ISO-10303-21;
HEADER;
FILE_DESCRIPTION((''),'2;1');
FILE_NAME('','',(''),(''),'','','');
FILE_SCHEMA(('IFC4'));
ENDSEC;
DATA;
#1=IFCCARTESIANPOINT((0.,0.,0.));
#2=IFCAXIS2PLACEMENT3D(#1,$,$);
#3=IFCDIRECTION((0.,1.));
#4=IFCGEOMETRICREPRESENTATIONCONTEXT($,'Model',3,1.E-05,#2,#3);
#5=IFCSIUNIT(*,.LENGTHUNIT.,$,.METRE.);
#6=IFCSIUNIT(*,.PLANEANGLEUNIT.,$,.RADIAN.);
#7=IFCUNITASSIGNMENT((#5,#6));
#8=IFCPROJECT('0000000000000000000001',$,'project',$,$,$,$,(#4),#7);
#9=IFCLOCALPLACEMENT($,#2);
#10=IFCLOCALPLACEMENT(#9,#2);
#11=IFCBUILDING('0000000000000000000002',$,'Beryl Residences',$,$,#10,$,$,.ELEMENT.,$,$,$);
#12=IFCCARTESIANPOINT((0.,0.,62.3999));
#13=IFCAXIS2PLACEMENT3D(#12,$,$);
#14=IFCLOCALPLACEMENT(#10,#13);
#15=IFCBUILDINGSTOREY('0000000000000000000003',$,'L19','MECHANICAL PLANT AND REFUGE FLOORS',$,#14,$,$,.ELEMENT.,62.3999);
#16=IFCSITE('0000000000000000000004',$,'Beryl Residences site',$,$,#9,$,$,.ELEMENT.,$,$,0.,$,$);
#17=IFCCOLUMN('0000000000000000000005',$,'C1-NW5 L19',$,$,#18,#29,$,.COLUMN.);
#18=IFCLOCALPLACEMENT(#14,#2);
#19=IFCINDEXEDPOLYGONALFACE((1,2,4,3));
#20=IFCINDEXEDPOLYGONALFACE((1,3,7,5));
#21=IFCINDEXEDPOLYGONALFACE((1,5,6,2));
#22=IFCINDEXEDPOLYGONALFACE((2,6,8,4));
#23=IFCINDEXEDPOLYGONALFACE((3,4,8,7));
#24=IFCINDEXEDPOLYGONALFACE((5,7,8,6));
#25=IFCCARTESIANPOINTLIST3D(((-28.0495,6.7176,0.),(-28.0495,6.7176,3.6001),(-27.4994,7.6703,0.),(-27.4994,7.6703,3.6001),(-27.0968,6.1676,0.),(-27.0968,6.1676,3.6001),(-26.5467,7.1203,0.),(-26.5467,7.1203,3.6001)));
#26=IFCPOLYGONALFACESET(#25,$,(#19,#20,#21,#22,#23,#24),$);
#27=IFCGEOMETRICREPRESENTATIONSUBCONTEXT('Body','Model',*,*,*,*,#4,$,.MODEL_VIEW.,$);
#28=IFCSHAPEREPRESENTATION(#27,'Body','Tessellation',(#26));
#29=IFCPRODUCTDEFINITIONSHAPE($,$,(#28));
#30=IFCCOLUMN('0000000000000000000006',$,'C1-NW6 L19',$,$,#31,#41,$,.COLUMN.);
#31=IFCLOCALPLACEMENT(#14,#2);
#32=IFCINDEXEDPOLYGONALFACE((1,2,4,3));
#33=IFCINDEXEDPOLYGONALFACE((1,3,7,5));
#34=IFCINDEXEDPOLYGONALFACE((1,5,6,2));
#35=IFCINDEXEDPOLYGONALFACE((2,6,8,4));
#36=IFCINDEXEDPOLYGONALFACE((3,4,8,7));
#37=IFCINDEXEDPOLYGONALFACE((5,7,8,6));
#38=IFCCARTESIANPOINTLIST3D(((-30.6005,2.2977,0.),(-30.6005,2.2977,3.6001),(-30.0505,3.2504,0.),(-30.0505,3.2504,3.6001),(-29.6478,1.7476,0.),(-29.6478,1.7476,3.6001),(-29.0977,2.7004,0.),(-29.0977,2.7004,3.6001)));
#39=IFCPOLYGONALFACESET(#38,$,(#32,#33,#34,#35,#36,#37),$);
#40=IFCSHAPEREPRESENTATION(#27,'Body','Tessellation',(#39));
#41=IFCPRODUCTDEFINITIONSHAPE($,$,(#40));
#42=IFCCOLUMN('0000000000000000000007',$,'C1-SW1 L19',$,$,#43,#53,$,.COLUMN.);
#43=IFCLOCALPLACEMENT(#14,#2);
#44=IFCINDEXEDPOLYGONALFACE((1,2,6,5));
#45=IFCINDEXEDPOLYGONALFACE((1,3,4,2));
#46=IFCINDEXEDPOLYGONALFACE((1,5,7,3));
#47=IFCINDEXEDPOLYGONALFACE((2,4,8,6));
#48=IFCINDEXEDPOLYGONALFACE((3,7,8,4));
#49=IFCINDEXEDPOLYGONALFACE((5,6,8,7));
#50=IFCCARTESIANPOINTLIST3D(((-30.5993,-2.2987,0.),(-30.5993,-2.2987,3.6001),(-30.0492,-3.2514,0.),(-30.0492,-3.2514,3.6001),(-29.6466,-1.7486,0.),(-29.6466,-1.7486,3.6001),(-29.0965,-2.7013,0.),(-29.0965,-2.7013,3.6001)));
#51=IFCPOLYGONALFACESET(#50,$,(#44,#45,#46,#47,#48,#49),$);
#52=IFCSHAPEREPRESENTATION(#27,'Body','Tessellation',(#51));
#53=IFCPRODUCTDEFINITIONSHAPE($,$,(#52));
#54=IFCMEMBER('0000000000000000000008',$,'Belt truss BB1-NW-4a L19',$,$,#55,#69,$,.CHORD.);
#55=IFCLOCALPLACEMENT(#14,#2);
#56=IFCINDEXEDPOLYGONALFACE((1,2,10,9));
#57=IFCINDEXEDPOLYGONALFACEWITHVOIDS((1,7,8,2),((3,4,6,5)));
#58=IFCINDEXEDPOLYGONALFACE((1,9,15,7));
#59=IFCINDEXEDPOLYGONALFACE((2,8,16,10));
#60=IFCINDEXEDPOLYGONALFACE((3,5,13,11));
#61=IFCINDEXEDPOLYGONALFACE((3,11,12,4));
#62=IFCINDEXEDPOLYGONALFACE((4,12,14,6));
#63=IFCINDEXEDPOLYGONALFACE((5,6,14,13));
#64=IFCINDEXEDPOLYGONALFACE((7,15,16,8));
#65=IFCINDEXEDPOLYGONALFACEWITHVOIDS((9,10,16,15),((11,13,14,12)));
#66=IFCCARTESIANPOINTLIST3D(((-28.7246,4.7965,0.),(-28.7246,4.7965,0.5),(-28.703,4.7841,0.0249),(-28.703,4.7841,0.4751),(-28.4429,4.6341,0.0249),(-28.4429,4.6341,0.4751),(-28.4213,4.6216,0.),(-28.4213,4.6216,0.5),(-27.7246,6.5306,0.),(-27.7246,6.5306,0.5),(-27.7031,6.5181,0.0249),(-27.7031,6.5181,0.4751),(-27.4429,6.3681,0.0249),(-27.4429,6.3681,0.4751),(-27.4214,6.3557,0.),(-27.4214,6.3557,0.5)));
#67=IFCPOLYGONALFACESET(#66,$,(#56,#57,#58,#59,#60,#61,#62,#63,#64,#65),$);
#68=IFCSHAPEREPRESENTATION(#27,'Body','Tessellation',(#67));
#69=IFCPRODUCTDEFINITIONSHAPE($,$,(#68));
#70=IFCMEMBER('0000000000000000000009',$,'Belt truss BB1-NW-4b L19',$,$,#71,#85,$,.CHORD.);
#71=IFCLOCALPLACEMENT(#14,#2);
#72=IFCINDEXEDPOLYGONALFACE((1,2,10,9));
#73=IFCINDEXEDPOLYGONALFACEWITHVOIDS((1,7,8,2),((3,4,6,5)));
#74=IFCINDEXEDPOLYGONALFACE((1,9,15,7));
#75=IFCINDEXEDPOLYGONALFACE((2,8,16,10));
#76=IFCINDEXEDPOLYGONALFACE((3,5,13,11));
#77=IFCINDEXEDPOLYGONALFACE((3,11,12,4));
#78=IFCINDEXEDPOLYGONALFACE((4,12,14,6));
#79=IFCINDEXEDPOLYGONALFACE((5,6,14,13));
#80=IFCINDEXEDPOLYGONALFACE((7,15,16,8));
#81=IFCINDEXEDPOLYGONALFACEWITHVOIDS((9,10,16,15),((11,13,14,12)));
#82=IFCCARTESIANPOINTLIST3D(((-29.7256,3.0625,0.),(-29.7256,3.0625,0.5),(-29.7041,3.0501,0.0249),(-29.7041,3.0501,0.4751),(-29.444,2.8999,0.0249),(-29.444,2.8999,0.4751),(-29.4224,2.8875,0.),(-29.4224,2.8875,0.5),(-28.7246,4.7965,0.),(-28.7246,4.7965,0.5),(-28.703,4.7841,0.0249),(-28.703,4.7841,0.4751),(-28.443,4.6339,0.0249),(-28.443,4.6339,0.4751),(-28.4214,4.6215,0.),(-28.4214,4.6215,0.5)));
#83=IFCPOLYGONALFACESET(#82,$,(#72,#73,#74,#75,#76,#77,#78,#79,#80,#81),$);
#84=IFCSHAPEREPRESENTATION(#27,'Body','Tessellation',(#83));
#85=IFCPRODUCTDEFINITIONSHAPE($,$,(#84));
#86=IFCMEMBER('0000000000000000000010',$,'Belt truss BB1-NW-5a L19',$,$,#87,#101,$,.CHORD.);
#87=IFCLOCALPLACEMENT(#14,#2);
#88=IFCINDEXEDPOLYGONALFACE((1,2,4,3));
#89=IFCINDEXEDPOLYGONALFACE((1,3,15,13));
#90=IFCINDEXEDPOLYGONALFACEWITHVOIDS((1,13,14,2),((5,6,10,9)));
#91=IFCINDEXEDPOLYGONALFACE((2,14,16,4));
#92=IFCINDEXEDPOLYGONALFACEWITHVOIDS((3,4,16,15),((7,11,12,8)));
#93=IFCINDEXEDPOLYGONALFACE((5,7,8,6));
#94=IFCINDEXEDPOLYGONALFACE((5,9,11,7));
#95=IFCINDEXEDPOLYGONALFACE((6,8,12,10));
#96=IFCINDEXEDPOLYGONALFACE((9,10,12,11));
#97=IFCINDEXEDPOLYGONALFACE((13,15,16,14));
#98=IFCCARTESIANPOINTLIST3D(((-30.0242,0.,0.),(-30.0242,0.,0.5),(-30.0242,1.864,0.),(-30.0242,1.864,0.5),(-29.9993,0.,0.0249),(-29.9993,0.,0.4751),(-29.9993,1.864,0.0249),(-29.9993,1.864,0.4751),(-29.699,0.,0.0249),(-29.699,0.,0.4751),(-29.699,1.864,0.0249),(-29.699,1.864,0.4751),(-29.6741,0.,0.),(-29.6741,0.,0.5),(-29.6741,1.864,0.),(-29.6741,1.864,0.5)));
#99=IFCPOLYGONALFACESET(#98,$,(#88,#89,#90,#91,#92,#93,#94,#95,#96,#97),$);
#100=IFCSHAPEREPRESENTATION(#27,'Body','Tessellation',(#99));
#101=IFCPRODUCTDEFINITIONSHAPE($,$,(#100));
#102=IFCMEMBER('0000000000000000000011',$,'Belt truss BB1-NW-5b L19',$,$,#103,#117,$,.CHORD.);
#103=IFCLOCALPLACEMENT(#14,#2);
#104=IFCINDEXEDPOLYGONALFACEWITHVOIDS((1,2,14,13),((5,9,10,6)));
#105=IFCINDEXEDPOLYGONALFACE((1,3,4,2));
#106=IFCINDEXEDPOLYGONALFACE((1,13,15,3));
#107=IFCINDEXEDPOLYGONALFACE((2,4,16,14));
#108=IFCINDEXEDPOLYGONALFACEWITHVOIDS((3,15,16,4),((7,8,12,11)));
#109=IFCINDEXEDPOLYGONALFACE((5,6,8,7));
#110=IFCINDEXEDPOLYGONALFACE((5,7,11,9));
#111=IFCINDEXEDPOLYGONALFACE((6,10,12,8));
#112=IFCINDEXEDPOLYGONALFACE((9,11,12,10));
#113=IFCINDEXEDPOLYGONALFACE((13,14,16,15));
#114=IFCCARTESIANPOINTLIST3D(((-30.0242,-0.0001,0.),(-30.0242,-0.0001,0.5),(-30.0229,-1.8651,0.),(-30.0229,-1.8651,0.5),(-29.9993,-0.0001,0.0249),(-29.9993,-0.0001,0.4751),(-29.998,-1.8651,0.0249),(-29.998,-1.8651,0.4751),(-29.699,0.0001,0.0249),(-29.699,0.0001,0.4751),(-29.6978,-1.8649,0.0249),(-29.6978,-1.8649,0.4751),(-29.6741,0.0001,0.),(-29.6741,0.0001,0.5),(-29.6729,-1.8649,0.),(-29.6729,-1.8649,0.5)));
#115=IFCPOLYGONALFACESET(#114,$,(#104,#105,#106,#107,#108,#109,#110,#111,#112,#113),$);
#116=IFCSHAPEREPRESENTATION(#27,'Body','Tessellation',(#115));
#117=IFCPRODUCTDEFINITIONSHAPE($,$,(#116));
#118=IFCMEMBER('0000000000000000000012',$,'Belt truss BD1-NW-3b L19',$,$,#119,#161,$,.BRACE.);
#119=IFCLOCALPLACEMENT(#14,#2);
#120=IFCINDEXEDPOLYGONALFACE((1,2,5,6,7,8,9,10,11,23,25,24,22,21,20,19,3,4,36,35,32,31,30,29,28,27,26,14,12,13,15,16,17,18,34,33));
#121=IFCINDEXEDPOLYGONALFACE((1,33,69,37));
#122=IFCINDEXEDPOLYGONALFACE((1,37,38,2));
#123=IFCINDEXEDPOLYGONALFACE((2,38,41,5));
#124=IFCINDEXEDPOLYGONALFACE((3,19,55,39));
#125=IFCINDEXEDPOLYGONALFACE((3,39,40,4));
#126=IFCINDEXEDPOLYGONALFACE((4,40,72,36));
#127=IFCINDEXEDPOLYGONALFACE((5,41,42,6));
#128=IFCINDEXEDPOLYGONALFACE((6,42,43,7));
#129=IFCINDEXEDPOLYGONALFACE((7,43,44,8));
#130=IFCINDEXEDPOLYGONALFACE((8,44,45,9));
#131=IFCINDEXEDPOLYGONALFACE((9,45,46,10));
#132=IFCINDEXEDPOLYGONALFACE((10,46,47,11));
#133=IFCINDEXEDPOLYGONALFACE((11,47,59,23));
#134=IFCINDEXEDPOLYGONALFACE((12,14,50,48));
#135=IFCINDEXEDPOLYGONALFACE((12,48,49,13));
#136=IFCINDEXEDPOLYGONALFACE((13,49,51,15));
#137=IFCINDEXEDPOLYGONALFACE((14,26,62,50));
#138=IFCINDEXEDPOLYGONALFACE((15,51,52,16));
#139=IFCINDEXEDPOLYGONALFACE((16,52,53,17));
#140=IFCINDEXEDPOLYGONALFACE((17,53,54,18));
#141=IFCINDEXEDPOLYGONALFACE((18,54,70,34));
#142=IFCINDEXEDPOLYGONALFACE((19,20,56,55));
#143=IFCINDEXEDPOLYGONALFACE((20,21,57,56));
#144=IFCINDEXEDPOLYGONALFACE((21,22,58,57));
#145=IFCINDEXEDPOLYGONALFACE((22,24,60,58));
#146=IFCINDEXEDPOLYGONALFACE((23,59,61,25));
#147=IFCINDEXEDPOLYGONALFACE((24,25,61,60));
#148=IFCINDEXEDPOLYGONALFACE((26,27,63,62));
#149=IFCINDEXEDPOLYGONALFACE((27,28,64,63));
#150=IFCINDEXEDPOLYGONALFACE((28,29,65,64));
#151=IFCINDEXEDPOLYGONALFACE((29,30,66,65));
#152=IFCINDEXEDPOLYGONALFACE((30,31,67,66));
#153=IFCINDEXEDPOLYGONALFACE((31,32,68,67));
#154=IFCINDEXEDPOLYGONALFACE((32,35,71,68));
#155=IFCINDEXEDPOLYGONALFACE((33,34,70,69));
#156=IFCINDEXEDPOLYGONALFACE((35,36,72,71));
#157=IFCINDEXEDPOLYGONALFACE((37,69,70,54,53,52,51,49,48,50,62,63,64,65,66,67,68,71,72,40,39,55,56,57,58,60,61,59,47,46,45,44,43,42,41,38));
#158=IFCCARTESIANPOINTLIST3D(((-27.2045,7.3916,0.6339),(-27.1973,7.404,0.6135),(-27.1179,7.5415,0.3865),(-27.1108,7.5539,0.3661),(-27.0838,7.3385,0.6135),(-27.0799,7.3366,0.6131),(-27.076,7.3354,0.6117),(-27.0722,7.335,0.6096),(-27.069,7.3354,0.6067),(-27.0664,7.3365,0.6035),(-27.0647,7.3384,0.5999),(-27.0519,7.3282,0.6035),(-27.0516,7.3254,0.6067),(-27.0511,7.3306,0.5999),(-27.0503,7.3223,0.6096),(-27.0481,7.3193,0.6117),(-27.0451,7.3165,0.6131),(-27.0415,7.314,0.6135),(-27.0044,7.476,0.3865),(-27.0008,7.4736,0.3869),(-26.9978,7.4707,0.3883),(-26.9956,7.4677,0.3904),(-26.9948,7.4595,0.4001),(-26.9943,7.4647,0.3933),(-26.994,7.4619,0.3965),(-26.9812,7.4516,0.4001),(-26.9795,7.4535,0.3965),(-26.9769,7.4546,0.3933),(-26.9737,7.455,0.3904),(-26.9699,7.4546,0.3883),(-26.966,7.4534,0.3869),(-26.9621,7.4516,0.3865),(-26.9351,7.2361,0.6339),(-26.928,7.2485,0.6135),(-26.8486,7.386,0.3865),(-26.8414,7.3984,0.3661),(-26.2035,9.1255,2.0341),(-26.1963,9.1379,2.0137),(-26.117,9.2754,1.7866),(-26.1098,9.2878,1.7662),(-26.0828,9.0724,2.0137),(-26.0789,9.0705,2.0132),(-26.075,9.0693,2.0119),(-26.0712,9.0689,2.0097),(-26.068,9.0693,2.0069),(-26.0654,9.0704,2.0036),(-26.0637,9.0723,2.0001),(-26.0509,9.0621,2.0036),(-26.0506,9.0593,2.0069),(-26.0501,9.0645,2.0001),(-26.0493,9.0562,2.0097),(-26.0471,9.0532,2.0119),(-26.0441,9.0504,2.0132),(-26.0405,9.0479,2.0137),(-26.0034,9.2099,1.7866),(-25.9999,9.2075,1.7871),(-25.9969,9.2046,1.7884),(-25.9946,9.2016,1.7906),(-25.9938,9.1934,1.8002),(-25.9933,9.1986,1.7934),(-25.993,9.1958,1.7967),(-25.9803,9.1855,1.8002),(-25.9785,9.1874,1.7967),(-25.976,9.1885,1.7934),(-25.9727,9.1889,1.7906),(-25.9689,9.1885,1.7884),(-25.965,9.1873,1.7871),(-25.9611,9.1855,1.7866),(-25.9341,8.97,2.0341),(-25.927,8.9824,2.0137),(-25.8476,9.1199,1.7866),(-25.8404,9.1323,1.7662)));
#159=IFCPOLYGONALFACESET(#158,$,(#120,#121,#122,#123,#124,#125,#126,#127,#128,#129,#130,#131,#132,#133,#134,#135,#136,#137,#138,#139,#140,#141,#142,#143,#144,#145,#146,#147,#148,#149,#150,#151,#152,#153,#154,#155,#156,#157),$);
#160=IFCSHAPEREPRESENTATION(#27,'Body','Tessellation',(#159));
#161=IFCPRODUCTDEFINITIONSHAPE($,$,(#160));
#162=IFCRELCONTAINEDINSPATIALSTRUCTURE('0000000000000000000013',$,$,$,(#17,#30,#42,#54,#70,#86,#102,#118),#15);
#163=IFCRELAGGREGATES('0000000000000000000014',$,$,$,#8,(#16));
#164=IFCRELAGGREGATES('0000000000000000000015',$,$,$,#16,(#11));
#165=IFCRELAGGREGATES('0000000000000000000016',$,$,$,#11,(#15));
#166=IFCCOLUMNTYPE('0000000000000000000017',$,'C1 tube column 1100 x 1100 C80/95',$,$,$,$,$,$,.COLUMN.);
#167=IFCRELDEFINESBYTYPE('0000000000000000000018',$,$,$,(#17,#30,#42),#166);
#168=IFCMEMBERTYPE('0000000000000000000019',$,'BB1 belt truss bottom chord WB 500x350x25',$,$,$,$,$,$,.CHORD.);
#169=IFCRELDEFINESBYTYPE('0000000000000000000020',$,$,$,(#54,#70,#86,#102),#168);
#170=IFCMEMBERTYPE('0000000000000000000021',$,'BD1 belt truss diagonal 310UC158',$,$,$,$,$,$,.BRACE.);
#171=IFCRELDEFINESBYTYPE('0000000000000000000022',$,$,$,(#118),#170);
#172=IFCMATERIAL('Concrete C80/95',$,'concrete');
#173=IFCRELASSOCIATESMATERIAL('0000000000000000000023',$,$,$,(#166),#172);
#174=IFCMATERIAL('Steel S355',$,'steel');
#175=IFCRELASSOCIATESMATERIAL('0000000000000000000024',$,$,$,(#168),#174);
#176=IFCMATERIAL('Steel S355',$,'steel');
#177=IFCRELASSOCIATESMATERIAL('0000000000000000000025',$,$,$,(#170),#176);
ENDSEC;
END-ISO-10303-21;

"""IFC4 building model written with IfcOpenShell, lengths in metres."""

from ifc_helpers import new_model, si_unit, direction, frame, origin, origin_2d, place, context, subcontext, project, spatial, rectangle, hollow_rectangle, i_section, extrude, material, material_profile, profile_set, type_object, element, save


model = new_model("IFC4")

# Units and contexts
model_context = context("Model", 3, precision=1e-05, world=origin(), true_north=direction((0.0, 1.0)))
body_context = subcontext(model_context, "Body", "Model", "MODEL_VIEW")
ifc_project = project(units=[si_unit("LENGTHUNIT", "METRE"), si_unit("PLANEANGLEUNIT", "RADIAN")], contexts=[model_context])

# Site, building, storey
site_placement = place(None, origin())
site = spatial("IfcSite", under=ifc_project, at=site_placement, Name="Beryl Residences site", CompositionType="ELEMENT", RefElevation=0.0)
building_placement = place(site_placement, origin())
building = spatial("IfcBuilding", under=site, at=building_placement, Name="Beryl Residences", CompositionType="ELEMENT")
storey_placement = place(building_placement, frame((0.0, 0.0, 62.3999)))
storey = spatial("IfcBuildingStorey", under=building, at=storey_placement, Name="L19", Description="MECHANICAL PLANT AND REFUGE FLOORS", CompositionType="ELEMENT", Elevation=62.3999)

# Columns
ifc_material_1 = material(Name="Concrete C80/95", Category="concrete")
ifc_material_profile_1 = material_profile(ifc_material_1, rectangle(XDim=1.1001, YDim=1.1001, at=origin_2d()))
ifc_profile_set_1 = profile_set([ifc_material_profile_1], Name="Concrete C80/95")
column_type = type_object("IfcColumnType", Name="C1 tube column 1100 x 1100 C80/95", PredefinedType="COLUMN", material=ifc_profile_set_1)
for number, where, z_axis, x_axis, name in (
    (1, (-27.2981, 6.9189, 0.0), (0.0, 0.0, 1.0), (-0.499985, -0.866034, 0.0), "C1-NW5 L19"),
    (2, (-29.8491, 2.499, 0.0), (0.0, 0.0, 1.0), (-0.499985, -0.866034, 0.0), "C1-NW6 L19"),
    (3, (-29.8479, -2.5, 0.0), (0.0, 0.0, 1.0), (0.499985, -0.866034, 0.0), "C1-SW1 L19"),
):
    element("IfcColumn", number, at=place(storey_placement, frame(where, z_axis=z_axis, x_axis=x_axis)), inside=storey, type_object=column_type, Name=name, PredefinedType="COLUMN", context=body_context, shape_type="SweptSolid", body=[
        extrude(rectangle(XDim=1.1001, YDim=1.1001, at=origin_2d()), origin(), (0.0, 0.0, 1.0), 3.6001),
    ])

# Members
ifc_material_2 = material(Name="Steel S355", Category="steel")
ifc_material_profile_2 = material_profile(ifc_material_2, hollow_rectangle(XDim=0.3501, YDim=0.5, WallThickness=0.0249, at=origin_2d()))
ifc_profile_set_2 = profile_set([ifc_material_profile_2], Name="Steel S355")
member_type_1 = type_object("IfcMemberType", Name="BB1 belt truss bottom chord WB 500x350x25", PredefinedType="CHORD", material=ifc_profile_set_2)
member_1_placement = place(storey_placement, frame((-27.573, 6.4431, 0.25), z_axis=(-0.49955, -0.866285, 0.0), x_axis=(0.866285, -0.49955, 0.0)))
element("IfcMember", 4, at=member_1_placement, inside=storey, type_object=member_type_1, Name="Belt truss BB1-NW-4a L19", PredefinedType="CHORD", context=body_context, shape_type="SweptSolid", body=[
    extrude(hollow_rectangle(XDim=0.3501, YDim=0.5, WallThickness=0.0249, at=origin_2d()), origin(), (0.0, 0.0, 1.0), 2.0017),
])
member_2_placement = place(storey_placement, frame((-28.573, 4.709, 0.25), z_axis=(-0.499969, -0.866043, 0.0), x_axis=(0.866043, -0.499969, 0.0)))
element("IfcMember", 5, at=member_2_placement, inside=storey, type_object=member_type_1, Name="Belt truss BB1-NW-4b L19", PredefinedType="CHORD", context=body_context, shape_type="SweptSolid", body=[
    extrude(hollow_rectangle(XDim=0.3501, YDim=0.5, WallThickness=0.0249, at=origin_2d()), origin(), (0.0, 0.0, 1.0), 2.0022),
])
member_3_placement = place(storey_placement, frame((-29.8491, 1.864, 0.25), z_axis=(0.0, -1.0, 0.0), x_axis=(1.0, 0.0, 0.0)))
element("IfcMember", 6, at=member_3_placement, inside=storey, type_object=member_type_1, Name="Belt truss BB1-NW-5a L19", PredefinedType="CHORD", context=body_context, shape_type="SweptSolid", body=[
    extrude(hollow_rectangle(XDim=0.3501, YDim=0.5, WallThickness=0.0249, at=origin_2d()), origin(), (0.0, 0.0, 1.0), 1.864),
])
member_4_placement = place(storey_placement, frame((-29.8491, 0.0, 0.25), z_axis=(0.000655, -1.0, 0.0), x_axis=(1.0, 0.000655, 0.0)))
element("IfcMember", 7, at=member_4_placement, inside=storey, type_object=member_type_1, Name="Belt truss BB1-NW-5b L19", PredefinedType="CHORD", context=body_context, shape_type="SweptSolid", body=[
    extrude(hollow_rectangle(XDim=0.3501, YDim=0.5, WallThickness=0.0249, at=origin_2d()), origin(), (0.0, 0.0, 1.0), 1.865),
])
ifc_material_3 = material(Name="Steel S355", Category="steel")
ifc_material_profile_3 = material_profile(ifc_material_3, i_section(OverallWidth=0.311, OverallDepth=0.3269, WebThickness=0.0156, FlangeThickness=0.0249, FilletRadius=0.0166, at=origin_2d()))
ifc_profile_set_3 = profile_set([ifc_material_profile_3], Name="Steel S355")
member_type_2 = type_object("IfcMemberType", Name="BD1 belt truss diagonal 310UC158", PredefinedType="BRACE", material=ifc_profile_set_3)
member_5_placement = place(storey_placement, frame((-27.0229, 7.395, 0.5), z_axis=(0.409716, 0.709708, 0.573103), x_axis=(-0.866043, 0.499969, 0.0)))
element("IfcMember", 8, at=member_5_placement, inside=storey, type_object=member_type_2, Name="Belt truss BD1-NW-3b L19", PredefinedType="BRACE", context=body_context, shape_type="SweptSolid", body=[
    extrude(i_section(OverallWidth=0.311, OverallDepth=0.3269, WebThickness=0.0156, FlangeThickness=0.0249, FilletRadius=0.0166, at=origin_2d()), origin(), (0.0, 0.0, 1.0), 2.4431),
])

save(model, "model.ifc")
